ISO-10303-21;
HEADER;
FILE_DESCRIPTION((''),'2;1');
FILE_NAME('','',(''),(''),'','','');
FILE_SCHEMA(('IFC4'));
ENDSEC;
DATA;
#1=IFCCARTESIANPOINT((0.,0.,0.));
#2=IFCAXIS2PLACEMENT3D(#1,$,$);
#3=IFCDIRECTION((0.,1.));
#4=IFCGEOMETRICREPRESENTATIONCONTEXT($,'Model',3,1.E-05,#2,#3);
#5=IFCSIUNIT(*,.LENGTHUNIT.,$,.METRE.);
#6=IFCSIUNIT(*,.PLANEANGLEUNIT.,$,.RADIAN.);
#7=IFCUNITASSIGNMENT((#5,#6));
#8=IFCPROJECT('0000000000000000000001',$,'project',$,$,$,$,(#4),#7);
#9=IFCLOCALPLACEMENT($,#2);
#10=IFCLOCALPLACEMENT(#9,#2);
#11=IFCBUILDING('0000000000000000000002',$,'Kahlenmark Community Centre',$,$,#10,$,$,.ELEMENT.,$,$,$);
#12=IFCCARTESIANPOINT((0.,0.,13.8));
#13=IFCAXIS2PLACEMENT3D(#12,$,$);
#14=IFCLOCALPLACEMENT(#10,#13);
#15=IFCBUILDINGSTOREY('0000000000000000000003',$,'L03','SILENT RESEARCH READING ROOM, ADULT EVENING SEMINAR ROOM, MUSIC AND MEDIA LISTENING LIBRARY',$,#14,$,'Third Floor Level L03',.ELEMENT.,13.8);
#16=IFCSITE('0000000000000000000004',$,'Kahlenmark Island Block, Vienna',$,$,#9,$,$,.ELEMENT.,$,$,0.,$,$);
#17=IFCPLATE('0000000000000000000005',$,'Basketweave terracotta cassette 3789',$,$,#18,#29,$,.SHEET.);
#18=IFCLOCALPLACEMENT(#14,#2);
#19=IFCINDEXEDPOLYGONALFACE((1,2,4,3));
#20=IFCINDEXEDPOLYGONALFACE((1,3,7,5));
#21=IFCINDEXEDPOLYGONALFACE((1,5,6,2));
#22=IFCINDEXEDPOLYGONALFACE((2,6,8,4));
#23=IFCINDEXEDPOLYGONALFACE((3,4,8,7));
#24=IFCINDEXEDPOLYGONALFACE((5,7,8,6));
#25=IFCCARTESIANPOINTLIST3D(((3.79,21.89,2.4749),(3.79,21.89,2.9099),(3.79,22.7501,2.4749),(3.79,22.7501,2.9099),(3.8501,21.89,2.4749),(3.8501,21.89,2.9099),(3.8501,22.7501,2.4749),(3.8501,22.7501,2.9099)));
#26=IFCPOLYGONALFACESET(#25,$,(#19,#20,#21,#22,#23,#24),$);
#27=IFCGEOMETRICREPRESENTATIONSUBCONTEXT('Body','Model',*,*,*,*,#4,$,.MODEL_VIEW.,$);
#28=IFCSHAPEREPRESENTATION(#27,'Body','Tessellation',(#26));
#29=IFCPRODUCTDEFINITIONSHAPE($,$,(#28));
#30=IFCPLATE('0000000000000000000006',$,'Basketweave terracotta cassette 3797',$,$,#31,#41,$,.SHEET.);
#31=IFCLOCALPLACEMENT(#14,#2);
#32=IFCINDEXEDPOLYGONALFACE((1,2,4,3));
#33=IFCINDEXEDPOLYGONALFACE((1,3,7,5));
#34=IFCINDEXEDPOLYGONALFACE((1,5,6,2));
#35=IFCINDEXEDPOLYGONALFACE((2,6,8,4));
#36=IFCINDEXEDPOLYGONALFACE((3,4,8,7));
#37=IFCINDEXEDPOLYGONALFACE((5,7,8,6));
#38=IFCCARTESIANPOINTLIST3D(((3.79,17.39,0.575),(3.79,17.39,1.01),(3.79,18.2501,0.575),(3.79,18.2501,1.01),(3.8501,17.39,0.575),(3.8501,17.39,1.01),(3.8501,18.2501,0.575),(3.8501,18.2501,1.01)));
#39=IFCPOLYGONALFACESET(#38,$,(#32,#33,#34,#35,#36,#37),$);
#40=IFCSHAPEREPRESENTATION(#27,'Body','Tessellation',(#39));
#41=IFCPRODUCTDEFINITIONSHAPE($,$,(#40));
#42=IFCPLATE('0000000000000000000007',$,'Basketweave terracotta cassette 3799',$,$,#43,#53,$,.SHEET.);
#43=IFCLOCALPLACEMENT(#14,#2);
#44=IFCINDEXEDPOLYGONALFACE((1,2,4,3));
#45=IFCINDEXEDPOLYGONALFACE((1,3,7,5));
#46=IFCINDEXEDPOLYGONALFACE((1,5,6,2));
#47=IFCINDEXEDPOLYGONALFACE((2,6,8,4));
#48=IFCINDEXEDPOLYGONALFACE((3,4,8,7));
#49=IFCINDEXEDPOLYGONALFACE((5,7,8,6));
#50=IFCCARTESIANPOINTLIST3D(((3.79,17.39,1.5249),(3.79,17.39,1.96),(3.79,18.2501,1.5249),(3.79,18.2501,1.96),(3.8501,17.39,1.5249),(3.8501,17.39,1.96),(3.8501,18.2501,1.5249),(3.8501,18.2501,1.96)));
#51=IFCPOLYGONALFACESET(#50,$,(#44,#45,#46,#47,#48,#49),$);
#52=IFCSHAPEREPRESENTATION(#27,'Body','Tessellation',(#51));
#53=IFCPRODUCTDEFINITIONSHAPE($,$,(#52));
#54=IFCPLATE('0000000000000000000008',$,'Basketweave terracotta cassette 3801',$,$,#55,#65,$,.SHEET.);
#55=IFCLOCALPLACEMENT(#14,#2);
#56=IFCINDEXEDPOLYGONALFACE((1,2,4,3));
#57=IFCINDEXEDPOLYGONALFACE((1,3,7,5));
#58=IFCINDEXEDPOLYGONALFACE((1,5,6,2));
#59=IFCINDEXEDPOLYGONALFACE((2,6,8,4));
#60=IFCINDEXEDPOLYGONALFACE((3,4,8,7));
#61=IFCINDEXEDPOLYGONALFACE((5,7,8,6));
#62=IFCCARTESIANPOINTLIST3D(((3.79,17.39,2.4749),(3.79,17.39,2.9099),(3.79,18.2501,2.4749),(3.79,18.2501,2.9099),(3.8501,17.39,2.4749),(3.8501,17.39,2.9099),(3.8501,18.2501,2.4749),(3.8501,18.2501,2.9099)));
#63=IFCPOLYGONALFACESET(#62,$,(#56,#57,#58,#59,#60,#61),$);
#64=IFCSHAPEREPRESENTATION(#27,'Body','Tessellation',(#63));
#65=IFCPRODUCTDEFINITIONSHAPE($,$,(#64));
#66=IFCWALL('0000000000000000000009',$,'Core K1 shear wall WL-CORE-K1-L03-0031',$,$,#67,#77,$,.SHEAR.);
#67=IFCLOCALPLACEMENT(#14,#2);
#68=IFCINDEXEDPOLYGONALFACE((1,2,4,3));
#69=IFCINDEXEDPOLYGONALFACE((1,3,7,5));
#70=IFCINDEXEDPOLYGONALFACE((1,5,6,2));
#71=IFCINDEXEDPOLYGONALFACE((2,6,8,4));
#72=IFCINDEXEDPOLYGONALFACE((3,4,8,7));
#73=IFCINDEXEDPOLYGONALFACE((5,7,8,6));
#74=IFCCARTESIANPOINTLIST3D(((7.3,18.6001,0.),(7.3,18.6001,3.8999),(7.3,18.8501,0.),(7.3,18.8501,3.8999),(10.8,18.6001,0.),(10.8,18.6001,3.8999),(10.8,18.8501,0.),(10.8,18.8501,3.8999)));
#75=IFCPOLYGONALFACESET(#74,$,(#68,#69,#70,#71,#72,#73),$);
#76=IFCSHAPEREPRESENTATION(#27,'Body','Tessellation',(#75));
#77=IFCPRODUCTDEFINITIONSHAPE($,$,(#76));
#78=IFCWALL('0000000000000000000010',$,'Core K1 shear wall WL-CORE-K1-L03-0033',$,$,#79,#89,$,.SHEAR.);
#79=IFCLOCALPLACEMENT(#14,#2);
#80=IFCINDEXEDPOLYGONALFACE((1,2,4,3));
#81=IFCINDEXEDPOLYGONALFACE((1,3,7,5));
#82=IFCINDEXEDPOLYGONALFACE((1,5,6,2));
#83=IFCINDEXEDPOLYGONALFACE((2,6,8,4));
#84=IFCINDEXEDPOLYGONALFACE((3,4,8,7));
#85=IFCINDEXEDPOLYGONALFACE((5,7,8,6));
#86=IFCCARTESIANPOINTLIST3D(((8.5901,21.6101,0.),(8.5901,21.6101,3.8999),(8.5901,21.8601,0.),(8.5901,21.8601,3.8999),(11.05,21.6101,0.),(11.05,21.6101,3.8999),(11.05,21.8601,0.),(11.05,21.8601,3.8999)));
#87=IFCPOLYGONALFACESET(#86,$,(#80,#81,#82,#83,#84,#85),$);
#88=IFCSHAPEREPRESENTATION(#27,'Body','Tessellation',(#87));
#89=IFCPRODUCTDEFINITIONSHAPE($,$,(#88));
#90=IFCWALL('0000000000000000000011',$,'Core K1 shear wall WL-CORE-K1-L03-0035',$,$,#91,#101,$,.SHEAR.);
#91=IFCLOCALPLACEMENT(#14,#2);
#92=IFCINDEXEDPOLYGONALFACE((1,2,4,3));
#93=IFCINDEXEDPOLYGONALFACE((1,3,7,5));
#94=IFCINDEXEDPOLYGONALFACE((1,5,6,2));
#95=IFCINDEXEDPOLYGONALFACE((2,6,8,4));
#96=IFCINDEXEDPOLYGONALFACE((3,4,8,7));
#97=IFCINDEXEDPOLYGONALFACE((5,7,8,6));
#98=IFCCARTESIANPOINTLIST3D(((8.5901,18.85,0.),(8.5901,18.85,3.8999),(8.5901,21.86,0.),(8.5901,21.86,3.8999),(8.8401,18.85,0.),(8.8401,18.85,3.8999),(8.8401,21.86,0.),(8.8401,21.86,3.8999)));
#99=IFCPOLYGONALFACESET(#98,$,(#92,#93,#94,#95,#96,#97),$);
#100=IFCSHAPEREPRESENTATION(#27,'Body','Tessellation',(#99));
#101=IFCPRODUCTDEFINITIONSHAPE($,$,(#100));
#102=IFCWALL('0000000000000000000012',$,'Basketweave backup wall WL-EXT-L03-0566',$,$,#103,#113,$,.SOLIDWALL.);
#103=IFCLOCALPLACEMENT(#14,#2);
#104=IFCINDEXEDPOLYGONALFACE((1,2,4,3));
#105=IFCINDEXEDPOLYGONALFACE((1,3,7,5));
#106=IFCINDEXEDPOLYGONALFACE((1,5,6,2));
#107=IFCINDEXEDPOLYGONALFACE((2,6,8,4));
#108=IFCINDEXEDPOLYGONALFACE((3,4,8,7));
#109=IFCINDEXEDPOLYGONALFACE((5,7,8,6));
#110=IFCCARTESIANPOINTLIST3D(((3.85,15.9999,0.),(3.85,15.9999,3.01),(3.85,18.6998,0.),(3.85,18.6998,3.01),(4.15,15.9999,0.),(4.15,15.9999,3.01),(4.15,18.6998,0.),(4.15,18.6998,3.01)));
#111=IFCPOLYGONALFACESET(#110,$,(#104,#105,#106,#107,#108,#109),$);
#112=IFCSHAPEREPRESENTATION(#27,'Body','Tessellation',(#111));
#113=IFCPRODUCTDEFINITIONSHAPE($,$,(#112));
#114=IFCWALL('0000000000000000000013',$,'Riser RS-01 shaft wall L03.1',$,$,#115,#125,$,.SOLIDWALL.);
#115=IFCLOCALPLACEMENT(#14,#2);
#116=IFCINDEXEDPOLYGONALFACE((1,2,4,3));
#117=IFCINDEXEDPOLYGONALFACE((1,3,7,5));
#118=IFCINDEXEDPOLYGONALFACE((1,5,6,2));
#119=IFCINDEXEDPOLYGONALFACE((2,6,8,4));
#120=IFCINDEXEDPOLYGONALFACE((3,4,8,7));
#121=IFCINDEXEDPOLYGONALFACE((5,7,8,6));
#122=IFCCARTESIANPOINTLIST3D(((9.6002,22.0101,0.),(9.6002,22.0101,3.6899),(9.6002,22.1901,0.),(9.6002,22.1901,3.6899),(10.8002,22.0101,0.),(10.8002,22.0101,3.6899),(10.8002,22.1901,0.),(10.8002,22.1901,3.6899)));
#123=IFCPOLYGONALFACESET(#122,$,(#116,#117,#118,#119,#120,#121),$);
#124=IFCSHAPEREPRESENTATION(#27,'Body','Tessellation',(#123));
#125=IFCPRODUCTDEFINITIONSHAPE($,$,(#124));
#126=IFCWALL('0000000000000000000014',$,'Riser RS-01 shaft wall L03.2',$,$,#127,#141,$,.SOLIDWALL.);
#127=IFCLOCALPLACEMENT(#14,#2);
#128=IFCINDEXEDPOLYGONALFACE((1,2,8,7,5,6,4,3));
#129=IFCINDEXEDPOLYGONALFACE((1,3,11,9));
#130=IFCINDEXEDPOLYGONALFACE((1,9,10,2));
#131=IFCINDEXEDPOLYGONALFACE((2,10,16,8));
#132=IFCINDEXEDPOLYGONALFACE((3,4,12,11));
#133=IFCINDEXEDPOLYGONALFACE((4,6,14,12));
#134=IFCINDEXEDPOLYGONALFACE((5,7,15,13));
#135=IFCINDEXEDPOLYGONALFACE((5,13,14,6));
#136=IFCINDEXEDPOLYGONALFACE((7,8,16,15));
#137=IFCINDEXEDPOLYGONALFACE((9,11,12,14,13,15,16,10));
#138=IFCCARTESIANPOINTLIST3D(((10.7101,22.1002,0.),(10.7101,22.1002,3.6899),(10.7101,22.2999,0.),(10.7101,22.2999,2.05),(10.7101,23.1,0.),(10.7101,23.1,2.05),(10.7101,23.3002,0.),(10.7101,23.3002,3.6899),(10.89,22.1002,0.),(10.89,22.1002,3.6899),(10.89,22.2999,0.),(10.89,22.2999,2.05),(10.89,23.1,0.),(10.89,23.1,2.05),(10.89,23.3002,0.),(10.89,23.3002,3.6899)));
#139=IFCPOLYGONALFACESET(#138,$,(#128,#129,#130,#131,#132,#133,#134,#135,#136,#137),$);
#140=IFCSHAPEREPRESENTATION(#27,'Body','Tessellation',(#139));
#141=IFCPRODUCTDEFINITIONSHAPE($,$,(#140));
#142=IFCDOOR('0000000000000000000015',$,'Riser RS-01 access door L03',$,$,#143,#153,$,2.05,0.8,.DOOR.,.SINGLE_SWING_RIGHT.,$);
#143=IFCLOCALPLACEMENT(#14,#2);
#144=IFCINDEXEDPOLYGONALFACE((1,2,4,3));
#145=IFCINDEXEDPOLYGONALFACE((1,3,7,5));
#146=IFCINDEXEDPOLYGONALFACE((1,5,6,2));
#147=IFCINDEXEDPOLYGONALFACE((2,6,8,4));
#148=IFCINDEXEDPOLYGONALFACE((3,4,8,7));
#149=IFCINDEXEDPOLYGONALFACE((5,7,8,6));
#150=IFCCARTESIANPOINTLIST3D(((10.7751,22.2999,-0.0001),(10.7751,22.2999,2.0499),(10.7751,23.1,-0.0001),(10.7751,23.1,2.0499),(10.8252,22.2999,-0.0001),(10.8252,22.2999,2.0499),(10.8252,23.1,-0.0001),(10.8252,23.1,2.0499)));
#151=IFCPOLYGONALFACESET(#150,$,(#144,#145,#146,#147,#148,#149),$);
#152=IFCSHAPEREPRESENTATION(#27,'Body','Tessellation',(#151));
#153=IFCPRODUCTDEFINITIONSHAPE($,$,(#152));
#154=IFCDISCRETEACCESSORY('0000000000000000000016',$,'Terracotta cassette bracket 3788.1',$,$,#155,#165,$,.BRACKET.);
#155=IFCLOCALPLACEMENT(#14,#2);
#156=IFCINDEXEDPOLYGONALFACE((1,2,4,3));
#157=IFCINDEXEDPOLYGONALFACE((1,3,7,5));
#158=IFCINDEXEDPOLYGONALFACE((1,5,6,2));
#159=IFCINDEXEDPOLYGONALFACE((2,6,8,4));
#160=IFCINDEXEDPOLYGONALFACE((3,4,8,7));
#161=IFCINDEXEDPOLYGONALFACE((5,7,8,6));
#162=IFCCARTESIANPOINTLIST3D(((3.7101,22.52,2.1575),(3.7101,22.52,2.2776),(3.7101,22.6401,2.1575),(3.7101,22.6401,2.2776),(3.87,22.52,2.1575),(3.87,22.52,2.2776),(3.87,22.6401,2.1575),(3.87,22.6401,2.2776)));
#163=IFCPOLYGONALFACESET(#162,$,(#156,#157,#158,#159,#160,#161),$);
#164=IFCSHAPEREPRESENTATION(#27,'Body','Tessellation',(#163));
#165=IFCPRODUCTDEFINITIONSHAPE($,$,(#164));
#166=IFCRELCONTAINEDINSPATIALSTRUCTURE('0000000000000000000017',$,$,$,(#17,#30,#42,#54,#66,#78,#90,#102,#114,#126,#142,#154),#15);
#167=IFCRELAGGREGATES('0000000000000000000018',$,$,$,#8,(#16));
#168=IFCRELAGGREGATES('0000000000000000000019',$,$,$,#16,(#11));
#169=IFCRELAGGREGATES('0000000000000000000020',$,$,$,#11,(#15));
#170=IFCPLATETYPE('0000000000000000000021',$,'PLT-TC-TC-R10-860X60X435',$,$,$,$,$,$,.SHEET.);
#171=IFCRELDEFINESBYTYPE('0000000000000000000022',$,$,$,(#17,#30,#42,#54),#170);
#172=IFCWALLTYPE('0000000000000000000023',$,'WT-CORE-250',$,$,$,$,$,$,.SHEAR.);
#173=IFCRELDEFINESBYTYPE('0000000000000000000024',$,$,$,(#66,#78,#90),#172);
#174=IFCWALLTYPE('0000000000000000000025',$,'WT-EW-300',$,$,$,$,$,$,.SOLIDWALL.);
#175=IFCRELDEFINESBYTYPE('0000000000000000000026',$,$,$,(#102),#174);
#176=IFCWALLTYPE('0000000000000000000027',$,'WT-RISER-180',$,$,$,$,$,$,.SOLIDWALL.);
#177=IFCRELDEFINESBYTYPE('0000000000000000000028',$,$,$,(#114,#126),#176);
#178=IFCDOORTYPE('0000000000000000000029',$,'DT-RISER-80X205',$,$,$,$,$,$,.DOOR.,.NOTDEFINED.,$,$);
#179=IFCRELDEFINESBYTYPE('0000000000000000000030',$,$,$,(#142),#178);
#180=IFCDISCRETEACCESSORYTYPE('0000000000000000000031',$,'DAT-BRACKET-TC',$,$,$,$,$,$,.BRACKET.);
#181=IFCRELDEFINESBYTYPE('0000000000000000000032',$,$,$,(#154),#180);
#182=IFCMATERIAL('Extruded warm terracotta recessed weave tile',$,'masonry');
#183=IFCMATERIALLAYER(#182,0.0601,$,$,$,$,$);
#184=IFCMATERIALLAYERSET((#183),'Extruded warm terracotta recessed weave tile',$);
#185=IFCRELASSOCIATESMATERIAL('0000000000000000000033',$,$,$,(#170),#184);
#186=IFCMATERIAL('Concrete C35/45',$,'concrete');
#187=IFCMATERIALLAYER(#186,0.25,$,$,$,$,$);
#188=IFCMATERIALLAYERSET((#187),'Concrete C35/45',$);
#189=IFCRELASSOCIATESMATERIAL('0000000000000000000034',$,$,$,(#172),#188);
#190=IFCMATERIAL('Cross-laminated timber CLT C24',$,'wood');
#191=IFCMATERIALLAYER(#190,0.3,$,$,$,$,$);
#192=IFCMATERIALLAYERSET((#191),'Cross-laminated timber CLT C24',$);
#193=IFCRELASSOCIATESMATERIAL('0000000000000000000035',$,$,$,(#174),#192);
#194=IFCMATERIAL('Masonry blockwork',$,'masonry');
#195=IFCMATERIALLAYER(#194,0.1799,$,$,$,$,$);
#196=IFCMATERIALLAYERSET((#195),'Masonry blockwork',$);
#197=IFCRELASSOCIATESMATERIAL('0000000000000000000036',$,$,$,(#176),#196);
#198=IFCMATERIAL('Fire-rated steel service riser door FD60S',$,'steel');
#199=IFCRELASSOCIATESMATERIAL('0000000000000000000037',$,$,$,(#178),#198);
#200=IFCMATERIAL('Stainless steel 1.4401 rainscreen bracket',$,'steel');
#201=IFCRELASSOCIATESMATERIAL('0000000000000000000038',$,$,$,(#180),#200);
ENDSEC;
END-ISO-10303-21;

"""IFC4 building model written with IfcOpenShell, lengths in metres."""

from ifc_helpers import new_model, si_unit, direction, frame, frame_2d, origin, origin_2d, place, context, subcontext, project, spatial, rectangle, extrude, material, layer, layer_set, type_object, element, fill, save


model = new_model("IFC4")

# Units and contexts
model_context = context("Model", 3, precision=1e-05, world=origin(), true_north=direction((0.0, 1.0)))
body_context = subcontext(model_context, "Body", "Model", "MODEL_VIEW")
ifc_project = project(units=[si_unit("LENGTHUNIT", "METRE"), si_unit("PLANEANGLEUNIT", "RADIAN")], contexts=[model_context])

# Site, building, storey
site_placement = place(None, origin())
site = spatial("IfcSite", under=ifc_project, at=site_placement, Name="Kahlenmark Island Block, Vienna", CompositionType="ELEMENT", RefElevation=0.0)
building_placement = place(site_placement, origin())
building = spatial("IfcBuilding", under=site, at=building_placement, Name="Kahlenmark Community Centre", CompositionType="ELEMENT")
storey_placement = place(building_placement, frame((0.0, 0.0, 13.8)))
storey = spatial("IfcBuildingStorey", under=building, at=storey_placement, Name="L03", Description="SILENT RESEARCH READING ROOM, ADULT EVENING SEMINAR ROOM, MUSIC AND MEDIA LISTENING LIBRARY", LongName="Third Floor Level L03", CompositionType="ELEMENT", Elevation=13.8)

# Plates
ifc_material_1 = material(Name="Extruded warm terracotta recessed weave tile", Category="masonry")
ifc_layer_1 = layer(ifc_material_1, 0.0601)
ifc_layer_set_1 = layer_set([ifc_layer_1], Name="Extruded warm terracotta recessed weave tile")
plate_type_1 = type_object("IfcPlateType", Name="PLT-TC-TC-R10-860X60X435", PredefinedType="SHEET", material=ifc_layer_set_1)
for number, where, z_axis, x_axis, name in (
    (1, (3.8201, 22.3201, 2.4749), (0.0, 0.0, 1.0), (0.0, -1.0, 0.0), "Basketweave terracotta cassette 3789"),
    (2, (3.8201, 17.8201, 0.575), (0.0, 0.0, 1.0), (0.0, -1.0, 0.0), "Basketweave terracotta cassette 3797"),
    (3, (3.8201, 17.8201, 1.5249), (0.0, 0.0, 1.0), (0.0, -1.0, 0.0), "Basketweave terracotta cassette 3799"),
    (4, (3.8201, 17.8201, 2.4749), (0.0, 0.0, 1.0), (0.0, -1.0, 0.0), "Basketweave terracotta cassette 3801"),
):
    element("IfcPlate", number, at=place(storey_placement, frame(where, z_axis=z_axis, x_axis=x_axis)), inside=storey, type_object=plate_type_1, Name=name, PredefinedType="SHEET", context=body_context, shape_type="SweptSolid", body=[
        extrude(rectangle(XDim=0.8601, YDim=0.0601, at=origin_2d()), origin(), (0.0, 0.0, 1.0), 0.4351),
    ])

# Walls
ifc_material_2 = material(Name="Concrete C35/45", Category="concrete")
ifc_layer_2 = layer(ifc_material_2, 0.25)
ifc_layer_set_2 = layer_set([ifc_layer_2], Name="Concrete C35/45")
wall_type_1 = type_object("IfcWallType", Name="WT-CORE-250", PredefinedType="SHEAR", material=ifc_layer_set_2)
wall_1_placement = place(storey_placement, frame((10.8, 18.7251, 0.0), z_axis=(0.0, 0.0, 1.0), x_axis=(-1.0, 0.0, 0.0)))
element("IfcWall", 5, at=wall_1_placement, inside=storey, type_object=wall_type_1, Name="Core K1 shear wall WL-CORE-K1-L03-0031", PredefinedType="SHEAR", context=body_context, shape_type="SweptSolid", body=[
    extrude(rectangle(XDim=3.5, YDim=0.25, at=frame_2d((1.75, 0.0))), origin(), (0.0, 0.0, 1.0), 3.8999),
])
wall_2_placement = place(storey_placement, frame((8.5901, 21.7351, 0.0), z_axis=(0.0, 0.0, 1.0), x_axis=(1.0, 0.0, 0.0)))
element("IfcWall", 6, at=wall_2_placement, inside=storey, type_object=wall_type_1, Name="Core K1 shear wall WL-CORE-K1-L03-0033", PredefinedType="SHEAR", context=body_context, shape_type="SweptSolid", body=[
    extrude(rectangle(XDim=2.46, YDim=0.25, at=frame_2d((1.23, 0.0))), origin(), (0.0, 0.0, 1.0), 3.8999),
])

# Walls
wall_3_placement = place(storey_placement, frame((8.7151, 18.8501, 0.0), z_axis=(0.0, 0.0, 1.0), x_axis=(0.0, 1.0, 0.0)))
element("IfcWall", 7, at=wall_3_placement, inside=storey, type_object=wall_type_1, Name="Core K1 shear wall WL-CORE-K1-L03-0035", PredefinedType="SHEAR", context=body_context, shape_type="SweptSolid", body=[
    extrude(rectangle(XDim=3.01, YDim=0.25, at=frame_2d((1.5049, 0.0))), origin(), (0.0, 0.0, 1.0), 3.8999),
])
ifc_material_3 = material(Name="Cross-laminated timber CLT C24", Category="wood")
ifc_layer_3 = layer(ifc_material_3, 0.3)
ifc_layer_set_3 = layer_set([ifc_layer_3], Name="Cross-laminated timber CLT C24")
wall_type_2 = type_object("IfcWallType", Name="WT-EW-300", PredefinedType="SOLIDWALL", material=ifc_layer_set_3)
wall_4_placement = place(storey_placement, frame((4.0, 18.7, 0.0), z_axis=(0.0, 0.0, 1.0), x_axis=(0.0, -1.0, 0.0)))
element("IfcWall", 8, at=wall_4_placement, inside=storey, type_object=wall_type_2, Name="Basketweave backup wall WL-EXT-L03-0566", PredefinedType="SOLIDWALL", context=body_context, shape_type="SweptSolid", body=[
    extrude(rectangle(XDim=2.7, YDim=0.3, at=frame_2d((1.3501, 0.0))), origin(), (0.0, 0.0, 1.0), 3.01),
])
ifc_material_4 = material(Name="Masonry blockwork", Category="masonry")
ifc_layer_4 = layer(ifc_material_4, 0.1799)
ifc_layer_set_4 = layer_set([ifc_layer_4], Name="Masonry blockwork")
wall_type_3 = type_object("IfcWallType", Name="WT-RISER-180", PredefinedType="SOLIDWALL", material=ifc_layer_set_4)
wall_5_placement = place(storey_placement, frame((9.6001, 22.1001, 0.0), z_axis=(0.0, 0.0, 1.0), x_axis=(1.0, 0.0, 0.0)))
element("IfcWall", 9, at=wall_5_placement, inside=storey, type_object=wall_type_3, Name="Riser RS-01 shaft wall L03.1", PredefinedType="SOLIDWALL", context=body_context, shape_type="SweptSolid", body=[
    extrude(rectangle(XDim=1.2, YDim=0.1799, at=frame_2d((0.6001, 0.0))), origin(), (0.0, 0.0, 1.0), 3.6899),
])

# Wall, opening, door
wall_6_placement = place(storey_placement, frame((10.8, 22.1001, 0.0), z_axis=(0.0, 0.0, 1.0), x_axis=(0.0, 1.0, 0.0)))
wall_6 = element("IfcWall", 10, at=wall_6_placement, inside=storey, type_object=wall_type_3, Name="Riser RS-01 shaft wall L03.2", PredefinedType="SOLIDWALL", context=body_context, shape_type="SweptSolid", body=[
    extrude(rectangle(XDim=1.2, YDim=0.1799, at=frame_2d((0.6001, 0.0))), origin(), (0.0, 0.0, 1.0), 3.6899),
])
opening_1_placement = place(wall_6_placement, frame((0.2, 0.0, -0.01)))
opening_1 = element("IfcOpeningElement", 11, at=opening_1_placement, cuts=wall_6, PredefinedType="OPENING", context=body_context, shape_type="SweptSolid", body=[
    extrude(rectangle(XDim=0.8, YDim=2.0601, at=frame_2d((0.3999, 1.03))), frame((0.0, 0.0999, 0.0), z_axis=(0.0, -1.0, 0.0), x_axis=(1.0, 0.0, 0.0)), (0.0, 0.0, 1.0), 0.2),
])
ifc_material_5 = material(Name="Fire-rated steel service riser door FD60S", Category="steel")
door_type_1 = type_object("IfcDoorType", Name="DT-RISER-80X205", OperationType="NOTDEFINED", PredefinedType="DOOR", material=ifc_material_5)
door_1_placement = place(opening_1_placement, frame((0.0, 0.0, 0.01)))
door_1 = element("IfcDoor", 12, at=door_1_placement, inside=storey, type_object=door_type_1, Name="Riser RS-01 access door L03", OperationType="SINGLE_SWING_RIGHT", OverallHeight=2.05, OverallWidth=0.8, PredefinedType="DOOR", context=body_context, shape_type="SweptSolid", body=[
    extrude(rectangle(XDim=0.8, YDim=2.05, at=frame_2d((0.3999, 1.0249))), frame((0.0, 0.0249, 0.0), z_axis=(0.0, -1.0, 0.0), x_axis=(1.0, 0.0, 0.0)), (0.0, 0.0, 1.0), 0.05),
])
fill(opening_1, door_1)

# Discrete accessory
ifc_material_6 = material(Name="Stainless steel 1.4401 rainscreen bracket", Category="steel")
discrete_accessory_type = type_object("IfcDiscreteAccessoryType", Name="DAT-BRACKET-TC", PredefinedType="BRACKET", material=ifc_material_6)
discrete_accessory_placement = place(storey_placement, frame((3.79, 22.5801, 2.1575), z_axis=(0.0, 0.0, 1.0), x_axis=(0.0, -1.0, 0.0)))
element("IfcDiscreteAccessory", 13, at=discrete_accessory_placement, inside=storey, type_object=discrete_accessory_type, Name="Terracotta cassette bracket 3788.1", PredefinedType="BRACKET", context=body_context, shape_type="SweptSolid", body=[
    extrude(rectangle(XDim=0.1201, YDim=0.1599, at=origin_2d()), origin(), (0.0, 0.0, 1.0), 0.1201),
])

save(model, "model.ifc")
